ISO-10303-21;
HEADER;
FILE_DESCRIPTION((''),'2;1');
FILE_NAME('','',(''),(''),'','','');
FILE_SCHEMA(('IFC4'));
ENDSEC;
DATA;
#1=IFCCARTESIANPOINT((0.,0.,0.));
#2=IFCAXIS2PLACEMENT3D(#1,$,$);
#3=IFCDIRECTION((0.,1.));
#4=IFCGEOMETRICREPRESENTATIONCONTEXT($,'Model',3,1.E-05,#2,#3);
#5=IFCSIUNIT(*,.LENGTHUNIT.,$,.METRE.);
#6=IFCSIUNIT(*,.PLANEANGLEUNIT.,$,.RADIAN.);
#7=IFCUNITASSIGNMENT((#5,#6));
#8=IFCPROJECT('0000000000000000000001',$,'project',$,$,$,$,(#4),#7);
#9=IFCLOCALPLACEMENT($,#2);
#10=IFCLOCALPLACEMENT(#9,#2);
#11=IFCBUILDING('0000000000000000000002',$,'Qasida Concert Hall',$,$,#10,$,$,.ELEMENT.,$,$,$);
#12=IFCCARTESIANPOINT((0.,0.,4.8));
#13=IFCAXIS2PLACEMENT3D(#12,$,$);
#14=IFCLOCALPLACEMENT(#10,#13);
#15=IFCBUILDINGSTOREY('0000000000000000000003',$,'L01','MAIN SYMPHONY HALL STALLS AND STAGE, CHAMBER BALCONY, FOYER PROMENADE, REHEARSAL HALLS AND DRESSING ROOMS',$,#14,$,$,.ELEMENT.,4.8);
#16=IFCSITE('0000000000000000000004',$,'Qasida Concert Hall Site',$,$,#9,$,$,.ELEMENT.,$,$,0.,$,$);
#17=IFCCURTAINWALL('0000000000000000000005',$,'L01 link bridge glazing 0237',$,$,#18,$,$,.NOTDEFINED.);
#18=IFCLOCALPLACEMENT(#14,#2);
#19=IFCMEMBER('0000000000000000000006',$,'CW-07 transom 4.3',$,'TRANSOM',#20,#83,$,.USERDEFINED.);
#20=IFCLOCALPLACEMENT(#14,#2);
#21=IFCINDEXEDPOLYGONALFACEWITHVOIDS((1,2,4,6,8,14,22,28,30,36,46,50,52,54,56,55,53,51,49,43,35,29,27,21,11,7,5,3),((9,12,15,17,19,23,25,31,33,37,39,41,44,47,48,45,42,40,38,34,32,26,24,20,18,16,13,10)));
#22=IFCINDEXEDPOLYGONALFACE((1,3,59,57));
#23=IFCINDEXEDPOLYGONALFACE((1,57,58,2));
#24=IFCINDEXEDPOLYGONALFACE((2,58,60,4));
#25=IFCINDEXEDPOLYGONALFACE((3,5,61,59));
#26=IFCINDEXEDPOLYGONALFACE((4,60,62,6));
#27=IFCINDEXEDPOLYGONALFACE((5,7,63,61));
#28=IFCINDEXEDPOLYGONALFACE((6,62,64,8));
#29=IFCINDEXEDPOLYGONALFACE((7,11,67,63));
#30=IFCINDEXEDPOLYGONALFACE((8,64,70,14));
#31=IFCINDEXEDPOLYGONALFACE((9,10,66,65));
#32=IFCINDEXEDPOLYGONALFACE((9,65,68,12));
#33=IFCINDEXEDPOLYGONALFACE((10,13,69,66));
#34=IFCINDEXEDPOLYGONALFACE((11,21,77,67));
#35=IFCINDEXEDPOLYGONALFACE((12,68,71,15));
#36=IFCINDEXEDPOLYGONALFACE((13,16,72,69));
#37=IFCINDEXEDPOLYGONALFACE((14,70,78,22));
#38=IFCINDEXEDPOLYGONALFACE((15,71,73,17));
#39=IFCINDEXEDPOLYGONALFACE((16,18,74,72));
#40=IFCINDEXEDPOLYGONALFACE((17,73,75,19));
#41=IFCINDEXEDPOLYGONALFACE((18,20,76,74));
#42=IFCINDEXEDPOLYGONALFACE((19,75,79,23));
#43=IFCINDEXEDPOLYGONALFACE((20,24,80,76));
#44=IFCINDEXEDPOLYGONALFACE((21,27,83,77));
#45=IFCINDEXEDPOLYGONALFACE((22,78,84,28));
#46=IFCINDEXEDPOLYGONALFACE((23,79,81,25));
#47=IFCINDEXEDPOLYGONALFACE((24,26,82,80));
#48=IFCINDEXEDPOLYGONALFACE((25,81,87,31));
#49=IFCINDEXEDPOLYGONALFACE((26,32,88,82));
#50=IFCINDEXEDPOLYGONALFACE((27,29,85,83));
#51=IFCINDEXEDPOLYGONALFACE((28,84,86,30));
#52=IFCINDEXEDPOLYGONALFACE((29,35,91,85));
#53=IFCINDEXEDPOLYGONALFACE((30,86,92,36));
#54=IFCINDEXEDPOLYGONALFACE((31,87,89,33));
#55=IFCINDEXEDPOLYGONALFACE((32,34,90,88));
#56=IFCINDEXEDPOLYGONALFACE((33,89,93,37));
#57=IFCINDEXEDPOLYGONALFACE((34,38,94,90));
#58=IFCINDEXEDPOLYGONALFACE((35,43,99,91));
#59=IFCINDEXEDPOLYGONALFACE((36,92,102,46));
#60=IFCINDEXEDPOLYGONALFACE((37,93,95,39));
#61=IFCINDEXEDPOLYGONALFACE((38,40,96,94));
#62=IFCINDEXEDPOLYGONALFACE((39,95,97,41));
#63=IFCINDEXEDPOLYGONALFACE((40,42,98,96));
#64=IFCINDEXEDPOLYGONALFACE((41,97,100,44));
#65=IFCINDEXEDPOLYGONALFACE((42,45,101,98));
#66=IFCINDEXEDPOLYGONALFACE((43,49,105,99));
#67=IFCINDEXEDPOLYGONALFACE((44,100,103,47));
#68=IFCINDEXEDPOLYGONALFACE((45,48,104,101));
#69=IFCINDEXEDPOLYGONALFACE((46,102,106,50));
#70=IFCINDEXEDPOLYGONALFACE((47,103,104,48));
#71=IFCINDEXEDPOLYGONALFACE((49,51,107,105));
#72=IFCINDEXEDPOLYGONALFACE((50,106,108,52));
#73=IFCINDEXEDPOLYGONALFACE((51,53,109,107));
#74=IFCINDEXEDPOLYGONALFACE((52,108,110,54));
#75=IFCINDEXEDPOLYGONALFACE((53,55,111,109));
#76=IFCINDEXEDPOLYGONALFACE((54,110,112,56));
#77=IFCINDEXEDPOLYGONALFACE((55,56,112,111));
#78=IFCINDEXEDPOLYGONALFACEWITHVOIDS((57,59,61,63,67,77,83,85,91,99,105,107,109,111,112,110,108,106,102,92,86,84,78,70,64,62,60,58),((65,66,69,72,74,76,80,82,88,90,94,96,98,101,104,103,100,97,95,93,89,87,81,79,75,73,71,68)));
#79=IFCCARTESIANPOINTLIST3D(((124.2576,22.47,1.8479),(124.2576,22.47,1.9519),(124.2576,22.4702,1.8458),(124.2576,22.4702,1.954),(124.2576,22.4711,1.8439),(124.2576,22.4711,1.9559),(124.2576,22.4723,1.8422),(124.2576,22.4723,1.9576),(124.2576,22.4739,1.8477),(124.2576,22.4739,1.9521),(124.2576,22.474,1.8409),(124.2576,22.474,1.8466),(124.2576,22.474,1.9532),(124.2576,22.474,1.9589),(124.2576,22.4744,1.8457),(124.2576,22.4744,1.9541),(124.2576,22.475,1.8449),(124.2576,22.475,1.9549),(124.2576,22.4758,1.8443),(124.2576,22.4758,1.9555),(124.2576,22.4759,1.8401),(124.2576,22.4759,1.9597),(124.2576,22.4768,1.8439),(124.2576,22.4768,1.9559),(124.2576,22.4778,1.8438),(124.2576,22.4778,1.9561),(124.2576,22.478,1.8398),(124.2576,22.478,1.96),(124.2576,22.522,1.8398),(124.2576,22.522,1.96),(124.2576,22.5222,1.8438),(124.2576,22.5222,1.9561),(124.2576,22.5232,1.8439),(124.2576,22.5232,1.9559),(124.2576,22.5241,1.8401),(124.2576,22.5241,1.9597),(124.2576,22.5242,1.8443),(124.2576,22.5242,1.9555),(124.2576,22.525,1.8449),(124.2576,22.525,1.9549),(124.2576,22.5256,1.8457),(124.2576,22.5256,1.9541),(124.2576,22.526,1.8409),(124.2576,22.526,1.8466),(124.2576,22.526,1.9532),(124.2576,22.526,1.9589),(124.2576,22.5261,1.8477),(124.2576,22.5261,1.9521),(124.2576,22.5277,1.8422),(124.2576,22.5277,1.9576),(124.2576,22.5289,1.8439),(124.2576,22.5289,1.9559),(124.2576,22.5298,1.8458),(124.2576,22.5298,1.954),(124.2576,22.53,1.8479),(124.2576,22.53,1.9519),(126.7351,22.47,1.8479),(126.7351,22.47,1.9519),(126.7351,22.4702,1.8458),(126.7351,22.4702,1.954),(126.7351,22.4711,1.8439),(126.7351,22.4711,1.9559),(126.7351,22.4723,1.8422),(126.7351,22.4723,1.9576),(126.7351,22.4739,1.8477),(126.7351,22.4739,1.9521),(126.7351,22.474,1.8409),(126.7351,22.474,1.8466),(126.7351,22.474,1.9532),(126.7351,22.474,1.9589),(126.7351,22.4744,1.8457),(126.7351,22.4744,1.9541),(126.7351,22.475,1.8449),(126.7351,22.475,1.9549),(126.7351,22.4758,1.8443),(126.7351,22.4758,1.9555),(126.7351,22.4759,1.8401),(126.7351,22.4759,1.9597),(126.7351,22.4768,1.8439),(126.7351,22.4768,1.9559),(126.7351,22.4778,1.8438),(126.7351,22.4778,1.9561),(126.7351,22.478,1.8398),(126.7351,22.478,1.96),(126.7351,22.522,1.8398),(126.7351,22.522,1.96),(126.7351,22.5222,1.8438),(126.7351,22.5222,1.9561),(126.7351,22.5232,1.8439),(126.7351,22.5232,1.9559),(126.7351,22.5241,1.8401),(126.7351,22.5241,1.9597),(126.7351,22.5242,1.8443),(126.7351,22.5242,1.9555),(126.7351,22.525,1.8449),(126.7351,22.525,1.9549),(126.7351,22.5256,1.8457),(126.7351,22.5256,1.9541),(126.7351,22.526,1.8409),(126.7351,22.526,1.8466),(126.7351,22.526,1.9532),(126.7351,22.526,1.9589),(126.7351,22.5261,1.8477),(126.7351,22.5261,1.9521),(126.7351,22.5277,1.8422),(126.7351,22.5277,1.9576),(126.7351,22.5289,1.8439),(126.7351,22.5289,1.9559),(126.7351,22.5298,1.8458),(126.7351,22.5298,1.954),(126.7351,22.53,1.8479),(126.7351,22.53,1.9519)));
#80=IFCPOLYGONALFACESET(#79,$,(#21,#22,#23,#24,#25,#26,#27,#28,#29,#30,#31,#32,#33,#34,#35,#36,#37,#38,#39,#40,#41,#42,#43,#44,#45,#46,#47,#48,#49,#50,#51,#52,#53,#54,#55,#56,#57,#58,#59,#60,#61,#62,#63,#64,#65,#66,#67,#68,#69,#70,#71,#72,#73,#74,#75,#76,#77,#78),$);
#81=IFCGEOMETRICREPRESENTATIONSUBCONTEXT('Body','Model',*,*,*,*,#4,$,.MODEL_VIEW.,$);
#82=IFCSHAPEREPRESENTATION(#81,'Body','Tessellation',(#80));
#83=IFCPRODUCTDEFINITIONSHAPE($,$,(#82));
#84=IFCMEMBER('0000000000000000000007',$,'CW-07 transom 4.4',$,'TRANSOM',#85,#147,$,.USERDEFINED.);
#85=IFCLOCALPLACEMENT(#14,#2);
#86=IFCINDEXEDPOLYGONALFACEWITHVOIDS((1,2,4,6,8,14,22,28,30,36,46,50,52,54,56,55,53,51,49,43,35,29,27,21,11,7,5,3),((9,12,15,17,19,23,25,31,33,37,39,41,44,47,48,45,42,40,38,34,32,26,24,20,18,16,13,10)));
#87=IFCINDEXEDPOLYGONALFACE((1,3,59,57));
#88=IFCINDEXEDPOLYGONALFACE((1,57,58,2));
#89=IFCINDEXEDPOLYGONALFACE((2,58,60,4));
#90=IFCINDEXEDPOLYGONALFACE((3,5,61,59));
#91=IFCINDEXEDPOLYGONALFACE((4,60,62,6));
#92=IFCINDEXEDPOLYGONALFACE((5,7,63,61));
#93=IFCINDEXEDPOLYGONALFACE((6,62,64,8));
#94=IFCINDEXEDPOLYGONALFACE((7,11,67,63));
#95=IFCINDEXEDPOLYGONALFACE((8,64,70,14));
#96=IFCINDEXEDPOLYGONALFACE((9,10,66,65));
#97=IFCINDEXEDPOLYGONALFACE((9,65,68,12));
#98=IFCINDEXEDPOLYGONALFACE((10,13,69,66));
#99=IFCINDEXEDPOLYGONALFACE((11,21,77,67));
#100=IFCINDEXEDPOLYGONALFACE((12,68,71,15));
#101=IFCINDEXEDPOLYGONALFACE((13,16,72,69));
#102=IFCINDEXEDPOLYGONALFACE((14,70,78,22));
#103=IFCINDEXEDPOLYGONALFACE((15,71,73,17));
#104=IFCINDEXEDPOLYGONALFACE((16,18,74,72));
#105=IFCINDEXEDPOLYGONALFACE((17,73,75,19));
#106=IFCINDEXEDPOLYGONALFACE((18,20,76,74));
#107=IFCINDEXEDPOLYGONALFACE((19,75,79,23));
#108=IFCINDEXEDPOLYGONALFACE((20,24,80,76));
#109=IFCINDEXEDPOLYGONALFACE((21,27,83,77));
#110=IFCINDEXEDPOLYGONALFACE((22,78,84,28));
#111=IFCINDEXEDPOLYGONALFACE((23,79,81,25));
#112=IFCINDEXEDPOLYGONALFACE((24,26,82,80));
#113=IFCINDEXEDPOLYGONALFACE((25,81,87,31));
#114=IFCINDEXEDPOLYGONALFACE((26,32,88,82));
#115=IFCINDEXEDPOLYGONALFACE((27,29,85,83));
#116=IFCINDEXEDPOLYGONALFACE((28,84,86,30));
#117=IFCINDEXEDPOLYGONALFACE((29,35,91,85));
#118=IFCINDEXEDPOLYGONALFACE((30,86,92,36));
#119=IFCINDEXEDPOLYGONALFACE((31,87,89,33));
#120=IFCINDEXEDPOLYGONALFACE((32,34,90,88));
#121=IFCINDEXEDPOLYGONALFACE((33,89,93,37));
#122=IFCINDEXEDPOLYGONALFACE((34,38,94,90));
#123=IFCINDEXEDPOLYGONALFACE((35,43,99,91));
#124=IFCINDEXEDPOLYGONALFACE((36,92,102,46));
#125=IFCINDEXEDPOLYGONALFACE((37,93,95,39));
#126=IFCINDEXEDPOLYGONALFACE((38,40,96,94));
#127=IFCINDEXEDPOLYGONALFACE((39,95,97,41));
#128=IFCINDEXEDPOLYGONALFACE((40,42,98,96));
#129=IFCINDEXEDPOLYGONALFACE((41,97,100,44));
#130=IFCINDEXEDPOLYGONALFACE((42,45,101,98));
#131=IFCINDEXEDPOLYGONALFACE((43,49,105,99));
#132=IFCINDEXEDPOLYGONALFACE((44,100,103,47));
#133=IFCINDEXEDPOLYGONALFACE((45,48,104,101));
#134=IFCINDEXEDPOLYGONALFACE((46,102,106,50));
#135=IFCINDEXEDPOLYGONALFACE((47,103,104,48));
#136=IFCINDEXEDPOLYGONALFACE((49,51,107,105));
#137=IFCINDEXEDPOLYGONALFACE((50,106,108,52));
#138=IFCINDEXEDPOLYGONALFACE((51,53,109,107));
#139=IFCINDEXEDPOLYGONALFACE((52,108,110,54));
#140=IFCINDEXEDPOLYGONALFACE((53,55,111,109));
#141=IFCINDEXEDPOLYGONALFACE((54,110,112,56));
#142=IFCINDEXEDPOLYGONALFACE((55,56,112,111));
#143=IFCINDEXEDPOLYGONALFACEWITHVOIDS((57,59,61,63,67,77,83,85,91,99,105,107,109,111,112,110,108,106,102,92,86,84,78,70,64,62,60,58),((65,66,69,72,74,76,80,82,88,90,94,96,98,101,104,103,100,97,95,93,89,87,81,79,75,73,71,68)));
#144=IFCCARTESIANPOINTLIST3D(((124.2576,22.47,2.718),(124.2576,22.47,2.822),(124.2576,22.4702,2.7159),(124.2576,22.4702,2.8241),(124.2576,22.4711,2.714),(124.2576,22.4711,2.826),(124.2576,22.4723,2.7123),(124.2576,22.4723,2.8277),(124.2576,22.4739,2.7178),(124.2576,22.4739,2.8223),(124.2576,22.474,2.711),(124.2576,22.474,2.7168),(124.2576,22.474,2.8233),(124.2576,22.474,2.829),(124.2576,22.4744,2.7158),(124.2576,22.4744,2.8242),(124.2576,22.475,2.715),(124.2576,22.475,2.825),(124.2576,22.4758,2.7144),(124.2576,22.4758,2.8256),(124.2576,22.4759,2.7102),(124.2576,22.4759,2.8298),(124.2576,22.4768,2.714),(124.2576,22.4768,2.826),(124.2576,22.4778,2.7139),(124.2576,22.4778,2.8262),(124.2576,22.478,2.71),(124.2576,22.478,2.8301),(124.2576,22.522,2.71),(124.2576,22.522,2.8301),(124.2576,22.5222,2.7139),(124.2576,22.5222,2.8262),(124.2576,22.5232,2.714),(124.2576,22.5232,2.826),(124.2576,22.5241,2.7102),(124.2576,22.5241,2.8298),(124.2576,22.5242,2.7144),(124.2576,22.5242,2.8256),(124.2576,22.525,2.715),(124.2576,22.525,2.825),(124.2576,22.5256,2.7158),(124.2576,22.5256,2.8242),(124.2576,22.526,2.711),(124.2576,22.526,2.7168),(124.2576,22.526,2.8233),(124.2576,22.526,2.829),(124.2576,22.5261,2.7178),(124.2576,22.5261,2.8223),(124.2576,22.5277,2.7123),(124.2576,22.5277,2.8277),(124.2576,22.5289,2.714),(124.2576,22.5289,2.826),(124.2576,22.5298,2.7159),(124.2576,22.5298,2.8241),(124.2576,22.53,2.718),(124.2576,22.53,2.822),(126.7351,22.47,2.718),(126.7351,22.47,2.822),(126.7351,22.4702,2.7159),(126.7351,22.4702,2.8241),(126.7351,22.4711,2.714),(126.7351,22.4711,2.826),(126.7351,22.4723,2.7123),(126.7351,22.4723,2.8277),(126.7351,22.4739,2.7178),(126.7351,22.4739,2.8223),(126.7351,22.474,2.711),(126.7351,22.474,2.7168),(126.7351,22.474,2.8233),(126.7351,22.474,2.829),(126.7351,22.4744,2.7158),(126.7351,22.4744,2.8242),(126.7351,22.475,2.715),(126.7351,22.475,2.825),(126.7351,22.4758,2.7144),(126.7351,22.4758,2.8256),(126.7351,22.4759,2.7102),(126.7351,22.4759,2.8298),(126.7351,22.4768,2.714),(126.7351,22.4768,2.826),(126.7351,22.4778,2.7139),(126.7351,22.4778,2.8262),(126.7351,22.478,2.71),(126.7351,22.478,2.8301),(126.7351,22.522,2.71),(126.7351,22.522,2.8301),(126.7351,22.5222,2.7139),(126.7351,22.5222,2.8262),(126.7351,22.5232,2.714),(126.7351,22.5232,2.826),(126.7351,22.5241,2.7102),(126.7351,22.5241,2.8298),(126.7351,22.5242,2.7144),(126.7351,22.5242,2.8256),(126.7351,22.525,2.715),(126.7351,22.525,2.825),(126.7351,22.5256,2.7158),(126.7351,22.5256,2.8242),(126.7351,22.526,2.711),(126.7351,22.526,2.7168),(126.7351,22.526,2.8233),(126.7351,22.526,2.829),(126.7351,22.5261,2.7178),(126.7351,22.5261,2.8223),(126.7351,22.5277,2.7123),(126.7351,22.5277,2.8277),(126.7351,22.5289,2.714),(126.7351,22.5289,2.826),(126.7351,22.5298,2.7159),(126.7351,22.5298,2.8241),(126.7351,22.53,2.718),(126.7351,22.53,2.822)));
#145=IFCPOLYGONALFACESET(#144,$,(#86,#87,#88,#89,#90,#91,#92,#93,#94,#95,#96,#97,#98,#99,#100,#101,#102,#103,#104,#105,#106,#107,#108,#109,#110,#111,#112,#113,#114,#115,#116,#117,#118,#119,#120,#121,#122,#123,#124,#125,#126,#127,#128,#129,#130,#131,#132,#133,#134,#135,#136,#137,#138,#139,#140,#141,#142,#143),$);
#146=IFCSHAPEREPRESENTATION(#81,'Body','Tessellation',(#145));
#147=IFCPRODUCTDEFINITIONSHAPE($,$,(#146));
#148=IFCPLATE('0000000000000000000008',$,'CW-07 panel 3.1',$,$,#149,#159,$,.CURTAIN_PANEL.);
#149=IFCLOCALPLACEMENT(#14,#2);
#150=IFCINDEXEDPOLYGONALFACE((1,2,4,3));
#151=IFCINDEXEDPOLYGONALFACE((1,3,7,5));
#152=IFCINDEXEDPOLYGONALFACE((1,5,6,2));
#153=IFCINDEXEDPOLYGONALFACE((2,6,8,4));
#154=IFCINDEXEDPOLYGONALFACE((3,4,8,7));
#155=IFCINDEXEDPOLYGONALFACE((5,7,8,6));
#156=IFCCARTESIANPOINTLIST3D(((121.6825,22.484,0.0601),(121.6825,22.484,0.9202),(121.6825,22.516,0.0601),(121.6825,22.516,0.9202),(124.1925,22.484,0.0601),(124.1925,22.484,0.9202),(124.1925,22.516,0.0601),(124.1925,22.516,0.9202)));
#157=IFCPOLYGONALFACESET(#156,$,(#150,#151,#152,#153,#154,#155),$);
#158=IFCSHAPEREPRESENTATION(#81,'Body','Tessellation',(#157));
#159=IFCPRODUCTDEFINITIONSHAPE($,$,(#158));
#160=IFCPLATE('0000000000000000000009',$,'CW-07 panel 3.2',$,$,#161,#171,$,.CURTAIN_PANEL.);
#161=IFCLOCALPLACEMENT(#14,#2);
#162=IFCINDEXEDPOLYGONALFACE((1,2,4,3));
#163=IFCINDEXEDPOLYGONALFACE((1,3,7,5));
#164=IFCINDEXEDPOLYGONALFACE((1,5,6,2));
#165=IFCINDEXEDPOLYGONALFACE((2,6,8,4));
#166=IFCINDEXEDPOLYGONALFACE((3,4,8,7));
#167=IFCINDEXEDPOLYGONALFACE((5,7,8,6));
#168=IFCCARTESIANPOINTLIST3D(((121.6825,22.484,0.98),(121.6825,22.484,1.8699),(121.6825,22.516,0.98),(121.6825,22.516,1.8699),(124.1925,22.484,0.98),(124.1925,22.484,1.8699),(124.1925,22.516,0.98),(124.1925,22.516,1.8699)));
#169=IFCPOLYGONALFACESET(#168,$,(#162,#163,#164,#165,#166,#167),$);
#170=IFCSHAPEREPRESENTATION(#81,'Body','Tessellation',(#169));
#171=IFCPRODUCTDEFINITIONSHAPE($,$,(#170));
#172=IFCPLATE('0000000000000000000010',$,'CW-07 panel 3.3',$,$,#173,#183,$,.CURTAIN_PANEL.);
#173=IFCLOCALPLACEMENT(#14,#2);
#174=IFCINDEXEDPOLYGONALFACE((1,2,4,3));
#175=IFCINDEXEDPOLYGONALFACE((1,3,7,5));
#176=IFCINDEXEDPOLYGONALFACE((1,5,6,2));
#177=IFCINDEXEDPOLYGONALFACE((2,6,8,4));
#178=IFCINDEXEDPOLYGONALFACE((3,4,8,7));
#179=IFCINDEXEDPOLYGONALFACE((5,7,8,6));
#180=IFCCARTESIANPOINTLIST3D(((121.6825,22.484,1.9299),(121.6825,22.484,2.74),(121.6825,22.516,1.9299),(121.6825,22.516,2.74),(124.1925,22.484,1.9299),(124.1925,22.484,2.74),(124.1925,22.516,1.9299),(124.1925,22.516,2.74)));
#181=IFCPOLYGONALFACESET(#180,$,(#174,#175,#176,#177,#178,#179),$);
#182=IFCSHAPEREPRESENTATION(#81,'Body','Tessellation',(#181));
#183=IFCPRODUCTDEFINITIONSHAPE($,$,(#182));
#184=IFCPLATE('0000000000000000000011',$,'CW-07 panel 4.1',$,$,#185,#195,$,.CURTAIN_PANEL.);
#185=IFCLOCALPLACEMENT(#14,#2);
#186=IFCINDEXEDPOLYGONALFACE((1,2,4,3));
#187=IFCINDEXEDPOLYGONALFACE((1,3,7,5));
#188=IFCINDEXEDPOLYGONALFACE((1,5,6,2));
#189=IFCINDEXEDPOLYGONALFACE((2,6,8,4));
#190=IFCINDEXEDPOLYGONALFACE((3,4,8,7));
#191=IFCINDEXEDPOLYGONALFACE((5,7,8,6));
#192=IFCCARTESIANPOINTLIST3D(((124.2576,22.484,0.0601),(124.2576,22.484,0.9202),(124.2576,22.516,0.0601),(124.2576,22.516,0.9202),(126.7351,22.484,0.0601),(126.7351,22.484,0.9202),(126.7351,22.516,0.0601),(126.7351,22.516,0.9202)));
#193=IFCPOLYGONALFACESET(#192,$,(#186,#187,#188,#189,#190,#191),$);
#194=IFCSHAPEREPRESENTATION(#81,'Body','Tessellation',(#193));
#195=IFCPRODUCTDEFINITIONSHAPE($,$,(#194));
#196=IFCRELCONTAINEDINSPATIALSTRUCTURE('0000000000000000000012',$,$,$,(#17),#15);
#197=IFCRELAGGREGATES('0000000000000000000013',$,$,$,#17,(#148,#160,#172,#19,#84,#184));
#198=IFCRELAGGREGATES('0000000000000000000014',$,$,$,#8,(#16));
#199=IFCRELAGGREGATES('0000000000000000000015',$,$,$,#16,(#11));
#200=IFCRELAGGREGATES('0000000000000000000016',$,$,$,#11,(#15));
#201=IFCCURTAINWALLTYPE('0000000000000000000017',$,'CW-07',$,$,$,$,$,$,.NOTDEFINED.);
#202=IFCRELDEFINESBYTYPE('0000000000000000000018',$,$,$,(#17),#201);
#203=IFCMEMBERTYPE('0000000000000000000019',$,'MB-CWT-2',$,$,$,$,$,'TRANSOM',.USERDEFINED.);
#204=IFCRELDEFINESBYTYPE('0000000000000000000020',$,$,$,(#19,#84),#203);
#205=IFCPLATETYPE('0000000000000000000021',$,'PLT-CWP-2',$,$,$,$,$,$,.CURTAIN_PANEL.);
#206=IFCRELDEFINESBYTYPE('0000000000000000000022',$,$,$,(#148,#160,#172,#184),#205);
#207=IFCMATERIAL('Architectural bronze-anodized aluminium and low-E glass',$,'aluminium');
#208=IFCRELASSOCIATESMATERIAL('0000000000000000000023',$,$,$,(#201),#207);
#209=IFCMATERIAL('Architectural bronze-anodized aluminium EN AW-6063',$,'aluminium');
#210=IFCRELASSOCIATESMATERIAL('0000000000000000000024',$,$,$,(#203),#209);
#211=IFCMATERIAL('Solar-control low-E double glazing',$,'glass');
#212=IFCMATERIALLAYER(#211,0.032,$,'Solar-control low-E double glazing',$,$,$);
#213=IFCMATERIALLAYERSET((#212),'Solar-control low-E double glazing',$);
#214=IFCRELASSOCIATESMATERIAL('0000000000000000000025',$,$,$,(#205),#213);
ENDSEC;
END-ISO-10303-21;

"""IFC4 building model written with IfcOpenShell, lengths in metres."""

from ifc_helpers import new_model, si_unit, direction, frame, origin, origin_2d, place, context, subcontext, project, spatial, rectangle, hollow_rectangle, extrude, material, layer, layer_set, material_profile, profile_set, type_object, element, aggregate, save


model = new_model("IFC4")

# Units and contexts
model_context = context("Model", 3, precision=1e-05, world=origin(), true_north=direction((0.0, 1.0)))
body_context = subcontext(model_context, "Body", "Model", "MODEL_VIEW")
ifc_project = project(units=[si_unit("LENGTHUNIT", "METRE"), si_unit("PLANEANGLEUNIT", "RADIAN")], contexts=[model_context])

# Site, building, storey
site_placement = place(None, origin())
site = spatial("IfcSite", under=ifc_project, at=site_placement, Name="Qasida Concert Hall Site", CompositionType="ELEMENT", RefElevation=0.0)
building_placement = place(site_placement, origin())
building = spatial("IfcBuilding", under=site, at=building_placement, Name="Qasida Concert Hall", CompositionType="ELEMENT")
storey_placement = place(building_placement, frame((0.0, 0.0, 4.8)))
storey = spatial("IfcBuildingStorey", under=building, at=storey_placement, Name="L01", Description="MAIN SYMPHONY HALL STALLS AND STAGE, CHAMBER BALCONY, FOYER PROMENADE, REHEARSAL HALLS AND DRESSING ROOMS", CompositionType="ELEMENT", Elevation=4.8)

# Curtain wall, members, plates
ifc_material_1 = material(Name="Architectural bronze-anodized aluminium and low-E glass", Category="aluminium")
curtain_wall_type = type_object("IfcCurtainWallType", Name="CW-07", PredefinedType="NOTDEFINED", material=ifc_material_1)
curtain_wall_placement = place(storey_placement, origin())
curtain_wall = element("IfcCurtainWall", 1, at=curtain_wall_placement, inside=storey, type_object=curtain_wall_type, Name="L01 link bridge glazing 0237", PredefinedType="NOTDEFINED")
ifc_material_2 = material(Name="Architectural bronze-anodized aluminium EN AW-6063", Category="aluminium")
ifc_material_profile_1 = material_profile(ifc_material_2, hollow_rectangle(XDim=0.0601, YDim=0.1201, WallThickness=0.0039, InnerFilletRadius=0.0039, OuterFilletRadius=0.0081, at=origin_2d()), Name="CWT 120x60x4")
ifc_profile_set_1 = profile_set([ifc_material_profile_1], Name="Architectural bronze-anodized aluminium EN AW-6063")
member_type_1 = type_object("IfcMemberType", Name="MB-CWT-2", ElementType="TRANSOM", PredefinedType="USERDEFINED", material=ifc_profile_set_1)
member_1_placement = place(storey_placement, frame((124.2576, 22.5, 1.8999), z_axis=(1.0, 0.0, 0.0), x_axis=(0.0, 1.0, 0.0)))
member_1 = element("IfcMember", 2, at=member_1_placement, type_object=member_type_1, Name="CW-07 transom 4.3", ObjectType="TRANSOM", PredefinedType="USERDEFINED", context=body_context, shape_type="SweptSolid", body=[
    extrude(hollow_rectangle(XDim=0.0601, YDim=0.1201, WallThickness=0.0039, InnerFilletRadius=0.0039, OuterFilletRadius=0.0081, at=origin_2d()), origin(), (0.0, 0.0, 1.0), 2.4775),
])
member_2_placement = place(storey_placement, frame((124.2576, 22.5, 2.77), z_axis=(1.0, 0.0, 0.0), x_axis=(0.0, 1.0, 0.0)))
member_2 = element("IfcMember", 3, at=member_2_placement, type_object=member_type_1, Name="CW-07 transom 4.4", ObjectType="TRANSOM", PredefinedType="USERDEFINED", context=body_context, shape_type="SweptSolid", body=[
    extrude(hollow_rectangle(XDim=0.0601, YDim=0.1201, WallThickness=0.0039, InnerFilletRadius=0.0039, OuterFilletRadius=0.0081, at=origin_2d()), origin(), (0.0, 0.0, 1.0), 2.4775),
])
ifc_material_3 = material(Name="Solar-control low-E double glazing", Category="glass")
ifc_layer = layer(ifc_material_3, 0.032, Name="Solar-control low-E double glazing")
ifc_layer_set = layer_set([ifc_layer], Name="Solar-control low-E double glazing")
plate_type = type_object("IfcPlateType", Name="PLT-CWP-2", PredefinedType="CURTAIN_PANEL", material=ifc_layer_set)
plate_1_placement = place(storey_placement, frame((122.9375, 22.5, 0.0601), z_axis=(0.0, 0.0, 1.0), x_axis=(1.0, 0.0, 0.0)))
plate_1 = element("IfcPlate", 4, at=plate_1_placement, type_object=plate_type, Name="CW-07 panel 3.1", PredefinedType="CURTAIN_PANEL", context=body_context, shape_type="SweptSolid", body=[
    extrude(rectangle(XDim=2.51, YDim=0.032, at=origin_2d()), origin(), (0.0, 0.0, 1.0), 0.8601),
])
plate_2_placement = place(storey_placement, frame((122.9375, 22.5, 0.98), z_axis=(0.0, 0.0, 1.0), x_axis=(1.0, 0.0, 0.0)))
plate_2 = element("IfcPlate", 5, at=plate_2_placement, type_object=plate_type, Name="CW-07 panel 3.2", PredefinedType="CURTAIN_PANEL", context=body_context, shape_type="SweptSolid", body=[
    extrude(rectangle(XDim=2.51, YDim=0.032, at=origin_2d()), origin(), (0.0, 0.0, 1.0), 0.8899),
])
plate_3_placement = place(storey_placement, frame((122.9375, 22.5, 1.9299), z_axis=(0.0, 0.0, 1.0), x_axis=(1.0, 0.0, 0.0)))
plate_3 = element("IfcPlate", 6, at=plate_3_placement, type_object=plate_type, Name="CW-07 panel 3.3", PredefinedType="CURTAIN_PANEL", context=body_context, shape_type="SweptSolid", body=[
    extrude(rectangle(XDim=2.51, YDim=0.032, at=origin_2d()), origin(), (0.0, 0.0, 1.0), 0.8101),
])
plate_4_placement = place(storey_placement, frame((125.4963, 22.5, 0.0601), z_axis=(0.0, 0.0, 1.0), x_axis=(1.0, 0.0, 0.0)))
plate_4 = element("IfcPlate", 7, at=plate_4_placement, type_object=plate_type, Name="CW-07 panel 4.1", PredefinedType="CURTAIN_PANEL", context=body_context, shape_type="SweptSolid", body=[
    extrude(rectangle(XDim=2.4775, YDim=0.032, at=origin_2d()), origin(), (0.0, 0.0, 1.0), 0.8601),
])
aggregate(curtain_wall, [plate_1, plate_2, plate_3, member_1, member_2, plate_4])

save(model, "model.ifc")
